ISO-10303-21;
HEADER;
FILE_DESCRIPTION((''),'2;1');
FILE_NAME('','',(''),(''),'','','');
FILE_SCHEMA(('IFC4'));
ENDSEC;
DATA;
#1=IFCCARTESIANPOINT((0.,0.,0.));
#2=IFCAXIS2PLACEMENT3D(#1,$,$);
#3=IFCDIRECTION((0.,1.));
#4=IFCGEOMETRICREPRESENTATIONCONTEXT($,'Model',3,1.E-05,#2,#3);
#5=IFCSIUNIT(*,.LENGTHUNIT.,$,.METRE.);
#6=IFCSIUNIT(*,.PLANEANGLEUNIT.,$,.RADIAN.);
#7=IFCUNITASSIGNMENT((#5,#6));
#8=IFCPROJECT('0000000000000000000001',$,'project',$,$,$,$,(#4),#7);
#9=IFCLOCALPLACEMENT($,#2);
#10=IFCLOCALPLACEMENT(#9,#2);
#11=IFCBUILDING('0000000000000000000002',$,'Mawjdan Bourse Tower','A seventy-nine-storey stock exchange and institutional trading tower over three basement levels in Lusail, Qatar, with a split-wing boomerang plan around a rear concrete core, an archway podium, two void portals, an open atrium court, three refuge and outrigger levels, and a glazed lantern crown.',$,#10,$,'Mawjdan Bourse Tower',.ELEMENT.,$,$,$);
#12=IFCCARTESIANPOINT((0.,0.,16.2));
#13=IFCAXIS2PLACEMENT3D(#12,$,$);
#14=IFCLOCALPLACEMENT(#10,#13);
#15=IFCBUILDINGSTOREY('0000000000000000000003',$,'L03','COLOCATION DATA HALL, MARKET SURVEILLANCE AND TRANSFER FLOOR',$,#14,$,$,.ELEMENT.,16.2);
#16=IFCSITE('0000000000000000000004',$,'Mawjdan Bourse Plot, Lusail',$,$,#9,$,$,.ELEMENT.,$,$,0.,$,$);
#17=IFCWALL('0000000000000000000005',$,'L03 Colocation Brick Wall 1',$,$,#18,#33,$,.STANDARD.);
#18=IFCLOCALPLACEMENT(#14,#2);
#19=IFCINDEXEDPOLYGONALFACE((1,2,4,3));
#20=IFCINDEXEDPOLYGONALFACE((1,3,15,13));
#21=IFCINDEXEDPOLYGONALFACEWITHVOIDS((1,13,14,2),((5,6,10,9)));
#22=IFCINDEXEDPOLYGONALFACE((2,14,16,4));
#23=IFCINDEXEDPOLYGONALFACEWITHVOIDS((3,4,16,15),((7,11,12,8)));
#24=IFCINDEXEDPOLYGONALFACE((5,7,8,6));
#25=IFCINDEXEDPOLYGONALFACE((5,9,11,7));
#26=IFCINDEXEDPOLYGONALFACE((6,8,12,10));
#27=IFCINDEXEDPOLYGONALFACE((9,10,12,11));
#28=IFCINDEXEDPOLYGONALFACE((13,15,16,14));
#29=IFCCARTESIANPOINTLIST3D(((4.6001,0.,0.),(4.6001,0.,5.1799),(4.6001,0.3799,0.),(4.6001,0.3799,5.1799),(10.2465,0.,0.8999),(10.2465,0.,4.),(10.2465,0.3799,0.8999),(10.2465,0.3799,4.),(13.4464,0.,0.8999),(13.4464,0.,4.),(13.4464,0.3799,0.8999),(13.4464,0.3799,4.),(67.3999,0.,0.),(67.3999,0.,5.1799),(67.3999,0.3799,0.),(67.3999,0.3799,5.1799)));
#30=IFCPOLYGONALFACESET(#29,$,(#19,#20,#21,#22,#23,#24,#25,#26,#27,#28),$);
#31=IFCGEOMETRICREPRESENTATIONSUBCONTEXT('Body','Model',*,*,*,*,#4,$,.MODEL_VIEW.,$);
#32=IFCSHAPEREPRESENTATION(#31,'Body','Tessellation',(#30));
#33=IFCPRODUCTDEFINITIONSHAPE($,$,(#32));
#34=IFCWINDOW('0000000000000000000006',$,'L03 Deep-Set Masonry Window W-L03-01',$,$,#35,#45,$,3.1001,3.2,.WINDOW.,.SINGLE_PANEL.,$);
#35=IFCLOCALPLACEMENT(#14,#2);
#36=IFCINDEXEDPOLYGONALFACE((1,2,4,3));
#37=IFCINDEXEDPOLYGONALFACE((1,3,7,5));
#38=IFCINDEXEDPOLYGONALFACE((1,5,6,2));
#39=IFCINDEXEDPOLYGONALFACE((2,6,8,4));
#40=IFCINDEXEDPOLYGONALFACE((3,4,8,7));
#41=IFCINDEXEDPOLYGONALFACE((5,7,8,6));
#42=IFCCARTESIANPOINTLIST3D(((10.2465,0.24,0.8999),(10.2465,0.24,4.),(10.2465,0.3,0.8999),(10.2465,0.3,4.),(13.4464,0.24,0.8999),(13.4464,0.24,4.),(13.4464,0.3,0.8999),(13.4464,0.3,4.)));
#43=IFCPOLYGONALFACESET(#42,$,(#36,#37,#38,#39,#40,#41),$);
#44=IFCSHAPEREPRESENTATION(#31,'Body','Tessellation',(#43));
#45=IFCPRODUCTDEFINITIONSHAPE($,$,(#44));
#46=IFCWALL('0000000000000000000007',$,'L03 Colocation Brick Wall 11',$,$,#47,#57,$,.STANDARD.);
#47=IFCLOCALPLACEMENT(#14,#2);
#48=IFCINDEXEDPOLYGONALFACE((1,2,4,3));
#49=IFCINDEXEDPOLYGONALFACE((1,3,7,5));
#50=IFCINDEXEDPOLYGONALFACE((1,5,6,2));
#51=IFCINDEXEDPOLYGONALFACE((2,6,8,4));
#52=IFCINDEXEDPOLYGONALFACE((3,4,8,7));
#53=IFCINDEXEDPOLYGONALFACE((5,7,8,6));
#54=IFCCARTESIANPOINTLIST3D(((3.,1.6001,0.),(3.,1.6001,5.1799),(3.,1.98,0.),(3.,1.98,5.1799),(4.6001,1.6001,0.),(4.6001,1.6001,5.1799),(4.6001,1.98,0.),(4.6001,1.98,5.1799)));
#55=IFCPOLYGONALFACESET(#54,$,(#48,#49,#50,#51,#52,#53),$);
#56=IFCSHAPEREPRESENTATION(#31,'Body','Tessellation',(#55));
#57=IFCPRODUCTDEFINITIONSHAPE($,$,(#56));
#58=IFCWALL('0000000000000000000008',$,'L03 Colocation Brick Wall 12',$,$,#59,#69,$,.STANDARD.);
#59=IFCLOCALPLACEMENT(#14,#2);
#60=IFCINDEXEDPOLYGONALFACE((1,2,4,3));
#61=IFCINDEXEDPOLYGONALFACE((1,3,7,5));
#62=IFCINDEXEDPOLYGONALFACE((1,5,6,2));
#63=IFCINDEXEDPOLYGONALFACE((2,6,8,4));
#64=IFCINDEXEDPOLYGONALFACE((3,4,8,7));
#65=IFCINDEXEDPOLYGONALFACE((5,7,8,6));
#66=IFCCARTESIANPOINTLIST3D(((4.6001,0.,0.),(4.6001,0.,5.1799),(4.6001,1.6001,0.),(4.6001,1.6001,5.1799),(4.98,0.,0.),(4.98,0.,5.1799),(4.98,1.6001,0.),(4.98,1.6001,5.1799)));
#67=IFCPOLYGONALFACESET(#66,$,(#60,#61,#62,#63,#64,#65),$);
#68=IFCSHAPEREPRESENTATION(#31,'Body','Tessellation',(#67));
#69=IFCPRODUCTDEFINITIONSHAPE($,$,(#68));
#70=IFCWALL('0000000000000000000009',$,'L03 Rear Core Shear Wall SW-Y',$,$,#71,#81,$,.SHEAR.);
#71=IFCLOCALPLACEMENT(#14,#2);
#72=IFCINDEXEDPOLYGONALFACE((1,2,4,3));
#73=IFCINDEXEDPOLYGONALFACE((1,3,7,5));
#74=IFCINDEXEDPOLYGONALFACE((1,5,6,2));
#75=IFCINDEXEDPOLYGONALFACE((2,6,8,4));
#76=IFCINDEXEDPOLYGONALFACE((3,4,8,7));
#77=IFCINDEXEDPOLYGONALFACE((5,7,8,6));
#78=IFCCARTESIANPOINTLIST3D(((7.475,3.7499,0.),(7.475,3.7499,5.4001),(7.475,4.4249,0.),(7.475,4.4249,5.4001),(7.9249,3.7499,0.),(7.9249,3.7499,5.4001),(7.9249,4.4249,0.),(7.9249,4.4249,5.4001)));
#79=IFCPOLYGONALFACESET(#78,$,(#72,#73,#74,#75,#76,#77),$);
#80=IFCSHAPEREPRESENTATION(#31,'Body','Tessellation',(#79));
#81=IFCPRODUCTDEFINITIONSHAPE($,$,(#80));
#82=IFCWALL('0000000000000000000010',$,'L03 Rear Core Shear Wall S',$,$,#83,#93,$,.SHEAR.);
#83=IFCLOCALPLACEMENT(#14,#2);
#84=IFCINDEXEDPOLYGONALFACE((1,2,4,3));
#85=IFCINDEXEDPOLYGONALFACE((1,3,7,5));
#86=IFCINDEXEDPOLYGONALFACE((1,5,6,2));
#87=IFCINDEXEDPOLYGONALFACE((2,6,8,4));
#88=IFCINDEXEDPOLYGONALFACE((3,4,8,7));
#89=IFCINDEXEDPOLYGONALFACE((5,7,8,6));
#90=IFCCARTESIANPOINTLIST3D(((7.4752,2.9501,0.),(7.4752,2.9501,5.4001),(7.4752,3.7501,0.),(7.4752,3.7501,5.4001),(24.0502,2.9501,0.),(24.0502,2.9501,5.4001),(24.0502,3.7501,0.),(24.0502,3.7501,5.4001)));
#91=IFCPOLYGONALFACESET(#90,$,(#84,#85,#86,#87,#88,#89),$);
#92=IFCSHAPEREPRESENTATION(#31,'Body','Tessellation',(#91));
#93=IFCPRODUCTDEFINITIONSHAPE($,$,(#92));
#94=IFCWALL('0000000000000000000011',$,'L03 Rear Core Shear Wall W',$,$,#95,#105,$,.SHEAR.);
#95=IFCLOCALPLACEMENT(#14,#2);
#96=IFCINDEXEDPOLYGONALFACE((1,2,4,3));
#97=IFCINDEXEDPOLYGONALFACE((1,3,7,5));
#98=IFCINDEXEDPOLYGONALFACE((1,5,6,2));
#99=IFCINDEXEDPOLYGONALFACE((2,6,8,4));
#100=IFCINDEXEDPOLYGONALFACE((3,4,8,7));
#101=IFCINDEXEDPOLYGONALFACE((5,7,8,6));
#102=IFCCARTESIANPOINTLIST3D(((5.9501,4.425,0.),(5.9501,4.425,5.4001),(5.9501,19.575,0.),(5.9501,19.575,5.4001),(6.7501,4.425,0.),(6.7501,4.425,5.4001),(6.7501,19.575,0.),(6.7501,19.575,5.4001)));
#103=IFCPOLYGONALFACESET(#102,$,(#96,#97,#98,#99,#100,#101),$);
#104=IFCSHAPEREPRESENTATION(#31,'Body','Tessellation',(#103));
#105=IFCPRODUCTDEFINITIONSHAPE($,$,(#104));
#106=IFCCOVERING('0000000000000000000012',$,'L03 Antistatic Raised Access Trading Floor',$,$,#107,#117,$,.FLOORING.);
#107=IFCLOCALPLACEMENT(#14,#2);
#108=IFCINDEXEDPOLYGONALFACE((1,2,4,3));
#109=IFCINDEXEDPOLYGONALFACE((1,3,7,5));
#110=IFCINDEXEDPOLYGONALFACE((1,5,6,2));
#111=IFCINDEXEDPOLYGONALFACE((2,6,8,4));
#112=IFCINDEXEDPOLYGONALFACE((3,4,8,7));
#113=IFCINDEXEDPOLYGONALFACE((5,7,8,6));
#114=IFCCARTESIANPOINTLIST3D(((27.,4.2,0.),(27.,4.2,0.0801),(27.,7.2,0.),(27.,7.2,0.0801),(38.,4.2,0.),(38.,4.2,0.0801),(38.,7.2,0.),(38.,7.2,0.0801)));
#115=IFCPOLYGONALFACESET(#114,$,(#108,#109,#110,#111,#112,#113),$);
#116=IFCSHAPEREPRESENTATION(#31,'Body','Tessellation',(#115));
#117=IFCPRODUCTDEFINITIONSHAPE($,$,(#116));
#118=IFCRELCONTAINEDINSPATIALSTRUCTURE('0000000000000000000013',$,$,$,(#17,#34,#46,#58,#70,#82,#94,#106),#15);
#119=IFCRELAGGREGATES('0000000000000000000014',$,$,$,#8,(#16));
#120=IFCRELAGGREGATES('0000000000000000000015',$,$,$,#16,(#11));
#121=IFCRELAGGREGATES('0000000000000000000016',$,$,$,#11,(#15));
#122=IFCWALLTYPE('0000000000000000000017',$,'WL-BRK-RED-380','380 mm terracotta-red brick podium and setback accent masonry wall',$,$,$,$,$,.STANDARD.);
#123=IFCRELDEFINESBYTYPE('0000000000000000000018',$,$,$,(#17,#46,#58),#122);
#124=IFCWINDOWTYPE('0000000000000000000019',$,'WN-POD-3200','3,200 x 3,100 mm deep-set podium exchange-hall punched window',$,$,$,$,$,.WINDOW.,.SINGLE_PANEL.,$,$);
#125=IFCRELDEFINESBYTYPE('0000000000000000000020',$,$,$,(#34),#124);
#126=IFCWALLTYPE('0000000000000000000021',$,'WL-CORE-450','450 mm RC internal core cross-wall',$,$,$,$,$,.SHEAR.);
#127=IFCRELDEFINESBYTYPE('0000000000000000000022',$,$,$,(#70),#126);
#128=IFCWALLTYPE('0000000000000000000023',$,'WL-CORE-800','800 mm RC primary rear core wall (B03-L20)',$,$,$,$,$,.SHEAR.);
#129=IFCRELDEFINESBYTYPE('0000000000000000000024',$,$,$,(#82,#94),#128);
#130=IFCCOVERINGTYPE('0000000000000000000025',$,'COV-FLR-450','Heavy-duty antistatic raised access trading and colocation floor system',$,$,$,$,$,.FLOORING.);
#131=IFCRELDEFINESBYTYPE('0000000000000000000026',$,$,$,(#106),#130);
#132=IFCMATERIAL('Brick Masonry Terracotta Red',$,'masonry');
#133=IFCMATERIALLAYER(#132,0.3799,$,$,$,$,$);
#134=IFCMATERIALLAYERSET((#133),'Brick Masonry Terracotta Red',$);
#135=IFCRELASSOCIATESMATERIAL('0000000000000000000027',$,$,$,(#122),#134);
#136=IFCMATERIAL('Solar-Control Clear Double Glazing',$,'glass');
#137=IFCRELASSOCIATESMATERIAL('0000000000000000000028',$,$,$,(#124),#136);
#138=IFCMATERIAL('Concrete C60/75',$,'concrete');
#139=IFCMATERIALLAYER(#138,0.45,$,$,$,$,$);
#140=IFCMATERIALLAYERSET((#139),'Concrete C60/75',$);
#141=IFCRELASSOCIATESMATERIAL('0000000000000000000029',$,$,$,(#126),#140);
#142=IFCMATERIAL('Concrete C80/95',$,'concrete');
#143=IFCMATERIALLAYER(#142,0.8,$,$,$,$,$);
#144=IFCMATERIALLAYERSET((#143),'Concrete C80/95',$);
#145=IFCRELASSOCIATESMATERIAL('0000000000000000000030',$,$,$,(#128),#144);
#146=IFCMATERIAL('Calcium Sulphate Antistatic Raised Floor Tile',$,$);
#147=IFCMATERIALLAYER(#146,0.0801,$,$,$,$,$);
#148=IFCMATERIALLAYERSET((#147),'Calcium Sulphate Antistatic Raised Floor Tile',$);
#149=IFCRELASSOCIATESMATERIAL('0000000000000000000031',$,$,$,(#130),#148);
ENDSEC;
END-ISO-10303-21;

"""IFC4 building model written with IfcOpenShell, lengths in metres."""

from ifc_helpers import new_model, si_unit, direction, frame, frame_2d, origin, place, context, subcontext, project, spatial, polyline, rectangle, outline, extrude, material, layer, layer_set, type_object, element, fill, save


model = new_model("IFC4")

# Units and contexts
model_context = context("Model", 3, precision=1e-05, world=origin(), true_north=direction((0.0, 1.0)))
body_context = subcontext(model_context, "Body", "Model", "MODEL_VIEW")
ifc_project = project(units=[si_unit("LENGTHUNIT", "METRE"), si_unit("PLANEANGLEUNIT", "RADIAN")], contexts=[model_context])

# Site, building, storey
site_placement = place(None, origin())
site = spatial("IfcSite", under=ifc_project, at=site_placement, Name="Mawjdan Bourse Plot, Lusail", CompositionType="ELEMENT", RefElevation=0.0)
building_placement = place(site_placement, origin())
building = spatial("IfcBuilding", under=site, at=building_placement, Name="Mawjdan Bourse Tower", Description="A seventy-nine-storey stock exchange and institutional trading tower over three basement levels in Lusail, Qatar, with a split-wing boomerang plan around a rear concrete core, an archway podium, two void portals, an open atrium court, three refuge and outrigger levels, and a glazed lantern crown.", LongName="Mawjdan Bourse Tower", CompositionType="ELEMENT")
storey_placement = place(building_placement, frame((0.0, 0.0, 16.2)))
storey = spatial("IfcBuildingStorey", under=building, at=storey_placement, Name="L03", Description="COLOCATION DATA HALL, MARKET SURVEILLANCE AND TRANSFER FLOOR", CompositionType="ELEMENT", Elevation=16.2)

# Shared definitions
ifc_material_1 = material(Name="Concrete C80/95", Category="concrete")

# Shared definitions
ifc_material_2 = material(Name="Concrete C60/75", Category="concrete")

# Wall, opening, window
ifc_material_3 = material(Name="Brick Masonry Terracotta Red", Category="masonry")
ifc_layer_1 = layer(ifc_material_3, 0.3799)
ifc_layer_set_1 = layer_set([ifc_layer_1], Name="Brick Masonry Terracotta Red")
wall_type_1 = type_object("IfcWallType", Name="WL-BRK-RED-380", Description="380 mm terracotta-red brick podium and setback accent masonry wall", PredefinedType="STANDARD", material=ifc_layer_set_1)
wall_1_placement = place(storey_placement, frame((4.6001, 0.1899, 0.0), z_axis=(0.0, 0.0, 1.0), x_axis=(1.0, 0.0, 0.0)))
wall_1 = element("IfcWall", 1, at=wall_1_placement, inside=storey, type_object=wall_type_1, Name="L03 Colocation Brick Wall 1", PredefinedType="STANDARD", context=body_context, shape_type="SweptSolid", body=[
    extrude(rectangle(XDim=62.7998, YDim=0.3799, at=frame_2d((31.3999, 0.0))), origin(), (0.0, 0.0, 1.0), 5.1799),
])
opening_placement = place(wall_1_placement, frame((5.6462, 0.0, 0.8999)))
opening = element("IfcOpeningElement", 2, at=opening_placement, cuts=wall_1, PredefinedType="OPENING", context=body_context, shape_type="SweptSolid", body=[
    extrude(rectangle(XDim=3.2, YDim=3.1001, at=frame_2d((1.6001, 1.55))), frame((0.0, 0.2, 0.0), z_axis=(0.0, -1.0, 0.0), x_axis=(1.0, 0.0, 0.0)), (0.0, 0.0, 1.0), 0.3999),
])
ifc_material_4 = material(Name="Solar-Control Clear Double Glazing", Category="glass")
window_type = type_object("IfcWindowType", Name="WN-POD-3200", Description="3,200 x 3,100 mm deep-set podium exchange-hall punched window", PartitioningType="SINGLE_PANEL", PredefinedType="WINDOW", material=ifc_material_4)
window_placement = place(opening_placement, origin())
window = element("IfcWindow", 3, at=window_placement, inside=storey, type_object=window_type, Name="L03 Deep-Set Masonry Window W-L03-01", OverallHeight=3.1001, OverallWidth=3.2, PartitioningType="SINGLE_PANEL", PredefinedType="WINDOW", context=body_context, shape_type="SweptSolid", body=[
    extrude(rectangle(XDim=3.2, YDim=3.1001, at=frame_2d((1.6001, 1.55))), frame((0.0, 0.1101, 0.0), z_axis=(0.0, -1.0, 0.0), x_axis=(1.0, 0.0, 0.0)), (0.0, 0.0, 1.0), 0.0601),
])
fill(opening, window)

# Walls
for number, where, z_axis, x_axis, name in (
    (4, (3.0, 1.79, 0.0), (0.0, 0.0, 1.0), (1.0, 0.0, 0.0), "L03 Colocation Brick Wall 11"),
    (5, (4.79, 1.6001, 0.0), (0.0, 0.0, 1.0), (0.0, -1.0, 0.0), "L03 Colocation Brick Wall 12"),
):
    element("IfcWall", number, at=place(storey_placement, frame(where, z_axis=z_axis, x_axis=x_axis)), inside=storey, type_object=wall_type_1, Name=name, PredefinedType="STANDARD", context=body_context, shape_type="SweptSolid", body=[
        extrude(rectangle(XDim=1.6001, YDim=0.3799, at=frame_2d((0.8, 0.0))), origin(), (0.0, 0.0, 1.0), 5.1799),
    ])
ifc_layer_2 = layer(ifc_material_2, 0.45)
ifc_layer_set_2 = layer_set([ifc_layer_2], Name="Concrete C60/75")
wall_type_2 = type_object("IfcWallType", Name="WL-CORE-450", Description="450 mm RC internal core cross-wall", PredefinedType="SHEAR", material=ifc_layer_set_2)
wall_2_placement = place(storey_placement, frame((7.7, 3.75, 0.0), z_axis=(0.0, 0.0, 1.0), x_axis=(0.0, 1.0, 0.0)))
element("IfcWall", 6, at=wall_2_placement, inside=storey, type_object=wall_type_2, Name="L03 Rear Core Shear Wall SW-Y", PredefinedType="SHEAR", context=body_context, shape_type="SweptSolid", body=[
    extrude(rectangle(XDim=0.675, YDim=0.45, at=frame_2d((0.3374, 0.0))), origin(), (0.0, 0.0, 1.0), 5.4001),
])
ifc_layer_3 = layer(ifc_material_1, 0.8)
ifc_layer_set_3 = layer_set([ifc_layer_3], Name="Concrete C80/95")
wall_type_3 = type_object("IfcWallType", Name="WL-CORE-800", Description="800 mm RC primary rear core wall (B03-L20)", PredefinedType="SHEAR", material=ifc_layer_set_3)
wall_3_placement = place(storey_placement, frame((7.4751, 3.3501, 0.0), z_axis=(0.0, 0.0, 1.0), x_axis=(1.0, 0.0, 0.0)))
element("IfcWall", 7, at=wall_3_placement, inside=storey, type_object=wall_type_3, Name="L03 Rear Core Shear Wall S", PredefinedType="SHEAR", context=body_context, shape_type="SweptSolid", body=[
    extrude(rectangle(XDim=16.575, YDim=0.8, at=frame_2d((8.2876, 0.0))), origin(), (0.0, 0.0, 1.0), 5.4001),
])
wall_4_placement = place(storey_placement, frame((6.3501, 4.425, 0.0), z_axis=(0.0, 0.0, 1.0), x_axis=(0.0, 1.0, 0.0)))
element("IfcWall", 8, at=wall_4_placement, inside=storey, type_object=wall_type_3, Name="L03 Rear Core Shear Wall W", PredefinedType="SHEAR", context=body_context, shape_type="SweptSolid", body=[
    extrude(rectangle(XDim=15.1499, YDim=0.8, at=frame_2d((7.575, 0.0))), origin(), (0.0, 0.0, 1.0), 5.4001),
])

# Covering
ifc_material_5 = material(Name="Calcium Sulphate Antistatic Raised Floor Tile")
ifc_layer_4 = layer(ifc_material_5, 0.0801)
ifc_layer_set_4 = layer_set([ifc_layer_4], Name="Calcium Sulphate Antistatic Raised Floor Tile")
covering_type = type_object("IfcCoveringType", Name="COV-FLR-450", Description="Heavy-duty antistatic raised access trading and colocation floor system", PredefinedType="FLOORING", material=ifc_layer_set_4)
covering_placement = place(storey_placement, origin())
element("IfcCovering", 9, at=covering_placement, inside=storey, type_object=covering_type, Name="L03 Antistatic Raised Access Trading Floor", PredefinedType="FLOORING", context=body_context, shape_type="SweptSolid", body=[
    extrude(outline(polyline([(27.0, 4.2), (38.0, 4.2), (38.0, 7.2), (27.0, 7.2), (27.0, 4.2)])), origin(), (0.0, 0.0, 1.0), 0.0801),
])

save(model, "model.ifc")
